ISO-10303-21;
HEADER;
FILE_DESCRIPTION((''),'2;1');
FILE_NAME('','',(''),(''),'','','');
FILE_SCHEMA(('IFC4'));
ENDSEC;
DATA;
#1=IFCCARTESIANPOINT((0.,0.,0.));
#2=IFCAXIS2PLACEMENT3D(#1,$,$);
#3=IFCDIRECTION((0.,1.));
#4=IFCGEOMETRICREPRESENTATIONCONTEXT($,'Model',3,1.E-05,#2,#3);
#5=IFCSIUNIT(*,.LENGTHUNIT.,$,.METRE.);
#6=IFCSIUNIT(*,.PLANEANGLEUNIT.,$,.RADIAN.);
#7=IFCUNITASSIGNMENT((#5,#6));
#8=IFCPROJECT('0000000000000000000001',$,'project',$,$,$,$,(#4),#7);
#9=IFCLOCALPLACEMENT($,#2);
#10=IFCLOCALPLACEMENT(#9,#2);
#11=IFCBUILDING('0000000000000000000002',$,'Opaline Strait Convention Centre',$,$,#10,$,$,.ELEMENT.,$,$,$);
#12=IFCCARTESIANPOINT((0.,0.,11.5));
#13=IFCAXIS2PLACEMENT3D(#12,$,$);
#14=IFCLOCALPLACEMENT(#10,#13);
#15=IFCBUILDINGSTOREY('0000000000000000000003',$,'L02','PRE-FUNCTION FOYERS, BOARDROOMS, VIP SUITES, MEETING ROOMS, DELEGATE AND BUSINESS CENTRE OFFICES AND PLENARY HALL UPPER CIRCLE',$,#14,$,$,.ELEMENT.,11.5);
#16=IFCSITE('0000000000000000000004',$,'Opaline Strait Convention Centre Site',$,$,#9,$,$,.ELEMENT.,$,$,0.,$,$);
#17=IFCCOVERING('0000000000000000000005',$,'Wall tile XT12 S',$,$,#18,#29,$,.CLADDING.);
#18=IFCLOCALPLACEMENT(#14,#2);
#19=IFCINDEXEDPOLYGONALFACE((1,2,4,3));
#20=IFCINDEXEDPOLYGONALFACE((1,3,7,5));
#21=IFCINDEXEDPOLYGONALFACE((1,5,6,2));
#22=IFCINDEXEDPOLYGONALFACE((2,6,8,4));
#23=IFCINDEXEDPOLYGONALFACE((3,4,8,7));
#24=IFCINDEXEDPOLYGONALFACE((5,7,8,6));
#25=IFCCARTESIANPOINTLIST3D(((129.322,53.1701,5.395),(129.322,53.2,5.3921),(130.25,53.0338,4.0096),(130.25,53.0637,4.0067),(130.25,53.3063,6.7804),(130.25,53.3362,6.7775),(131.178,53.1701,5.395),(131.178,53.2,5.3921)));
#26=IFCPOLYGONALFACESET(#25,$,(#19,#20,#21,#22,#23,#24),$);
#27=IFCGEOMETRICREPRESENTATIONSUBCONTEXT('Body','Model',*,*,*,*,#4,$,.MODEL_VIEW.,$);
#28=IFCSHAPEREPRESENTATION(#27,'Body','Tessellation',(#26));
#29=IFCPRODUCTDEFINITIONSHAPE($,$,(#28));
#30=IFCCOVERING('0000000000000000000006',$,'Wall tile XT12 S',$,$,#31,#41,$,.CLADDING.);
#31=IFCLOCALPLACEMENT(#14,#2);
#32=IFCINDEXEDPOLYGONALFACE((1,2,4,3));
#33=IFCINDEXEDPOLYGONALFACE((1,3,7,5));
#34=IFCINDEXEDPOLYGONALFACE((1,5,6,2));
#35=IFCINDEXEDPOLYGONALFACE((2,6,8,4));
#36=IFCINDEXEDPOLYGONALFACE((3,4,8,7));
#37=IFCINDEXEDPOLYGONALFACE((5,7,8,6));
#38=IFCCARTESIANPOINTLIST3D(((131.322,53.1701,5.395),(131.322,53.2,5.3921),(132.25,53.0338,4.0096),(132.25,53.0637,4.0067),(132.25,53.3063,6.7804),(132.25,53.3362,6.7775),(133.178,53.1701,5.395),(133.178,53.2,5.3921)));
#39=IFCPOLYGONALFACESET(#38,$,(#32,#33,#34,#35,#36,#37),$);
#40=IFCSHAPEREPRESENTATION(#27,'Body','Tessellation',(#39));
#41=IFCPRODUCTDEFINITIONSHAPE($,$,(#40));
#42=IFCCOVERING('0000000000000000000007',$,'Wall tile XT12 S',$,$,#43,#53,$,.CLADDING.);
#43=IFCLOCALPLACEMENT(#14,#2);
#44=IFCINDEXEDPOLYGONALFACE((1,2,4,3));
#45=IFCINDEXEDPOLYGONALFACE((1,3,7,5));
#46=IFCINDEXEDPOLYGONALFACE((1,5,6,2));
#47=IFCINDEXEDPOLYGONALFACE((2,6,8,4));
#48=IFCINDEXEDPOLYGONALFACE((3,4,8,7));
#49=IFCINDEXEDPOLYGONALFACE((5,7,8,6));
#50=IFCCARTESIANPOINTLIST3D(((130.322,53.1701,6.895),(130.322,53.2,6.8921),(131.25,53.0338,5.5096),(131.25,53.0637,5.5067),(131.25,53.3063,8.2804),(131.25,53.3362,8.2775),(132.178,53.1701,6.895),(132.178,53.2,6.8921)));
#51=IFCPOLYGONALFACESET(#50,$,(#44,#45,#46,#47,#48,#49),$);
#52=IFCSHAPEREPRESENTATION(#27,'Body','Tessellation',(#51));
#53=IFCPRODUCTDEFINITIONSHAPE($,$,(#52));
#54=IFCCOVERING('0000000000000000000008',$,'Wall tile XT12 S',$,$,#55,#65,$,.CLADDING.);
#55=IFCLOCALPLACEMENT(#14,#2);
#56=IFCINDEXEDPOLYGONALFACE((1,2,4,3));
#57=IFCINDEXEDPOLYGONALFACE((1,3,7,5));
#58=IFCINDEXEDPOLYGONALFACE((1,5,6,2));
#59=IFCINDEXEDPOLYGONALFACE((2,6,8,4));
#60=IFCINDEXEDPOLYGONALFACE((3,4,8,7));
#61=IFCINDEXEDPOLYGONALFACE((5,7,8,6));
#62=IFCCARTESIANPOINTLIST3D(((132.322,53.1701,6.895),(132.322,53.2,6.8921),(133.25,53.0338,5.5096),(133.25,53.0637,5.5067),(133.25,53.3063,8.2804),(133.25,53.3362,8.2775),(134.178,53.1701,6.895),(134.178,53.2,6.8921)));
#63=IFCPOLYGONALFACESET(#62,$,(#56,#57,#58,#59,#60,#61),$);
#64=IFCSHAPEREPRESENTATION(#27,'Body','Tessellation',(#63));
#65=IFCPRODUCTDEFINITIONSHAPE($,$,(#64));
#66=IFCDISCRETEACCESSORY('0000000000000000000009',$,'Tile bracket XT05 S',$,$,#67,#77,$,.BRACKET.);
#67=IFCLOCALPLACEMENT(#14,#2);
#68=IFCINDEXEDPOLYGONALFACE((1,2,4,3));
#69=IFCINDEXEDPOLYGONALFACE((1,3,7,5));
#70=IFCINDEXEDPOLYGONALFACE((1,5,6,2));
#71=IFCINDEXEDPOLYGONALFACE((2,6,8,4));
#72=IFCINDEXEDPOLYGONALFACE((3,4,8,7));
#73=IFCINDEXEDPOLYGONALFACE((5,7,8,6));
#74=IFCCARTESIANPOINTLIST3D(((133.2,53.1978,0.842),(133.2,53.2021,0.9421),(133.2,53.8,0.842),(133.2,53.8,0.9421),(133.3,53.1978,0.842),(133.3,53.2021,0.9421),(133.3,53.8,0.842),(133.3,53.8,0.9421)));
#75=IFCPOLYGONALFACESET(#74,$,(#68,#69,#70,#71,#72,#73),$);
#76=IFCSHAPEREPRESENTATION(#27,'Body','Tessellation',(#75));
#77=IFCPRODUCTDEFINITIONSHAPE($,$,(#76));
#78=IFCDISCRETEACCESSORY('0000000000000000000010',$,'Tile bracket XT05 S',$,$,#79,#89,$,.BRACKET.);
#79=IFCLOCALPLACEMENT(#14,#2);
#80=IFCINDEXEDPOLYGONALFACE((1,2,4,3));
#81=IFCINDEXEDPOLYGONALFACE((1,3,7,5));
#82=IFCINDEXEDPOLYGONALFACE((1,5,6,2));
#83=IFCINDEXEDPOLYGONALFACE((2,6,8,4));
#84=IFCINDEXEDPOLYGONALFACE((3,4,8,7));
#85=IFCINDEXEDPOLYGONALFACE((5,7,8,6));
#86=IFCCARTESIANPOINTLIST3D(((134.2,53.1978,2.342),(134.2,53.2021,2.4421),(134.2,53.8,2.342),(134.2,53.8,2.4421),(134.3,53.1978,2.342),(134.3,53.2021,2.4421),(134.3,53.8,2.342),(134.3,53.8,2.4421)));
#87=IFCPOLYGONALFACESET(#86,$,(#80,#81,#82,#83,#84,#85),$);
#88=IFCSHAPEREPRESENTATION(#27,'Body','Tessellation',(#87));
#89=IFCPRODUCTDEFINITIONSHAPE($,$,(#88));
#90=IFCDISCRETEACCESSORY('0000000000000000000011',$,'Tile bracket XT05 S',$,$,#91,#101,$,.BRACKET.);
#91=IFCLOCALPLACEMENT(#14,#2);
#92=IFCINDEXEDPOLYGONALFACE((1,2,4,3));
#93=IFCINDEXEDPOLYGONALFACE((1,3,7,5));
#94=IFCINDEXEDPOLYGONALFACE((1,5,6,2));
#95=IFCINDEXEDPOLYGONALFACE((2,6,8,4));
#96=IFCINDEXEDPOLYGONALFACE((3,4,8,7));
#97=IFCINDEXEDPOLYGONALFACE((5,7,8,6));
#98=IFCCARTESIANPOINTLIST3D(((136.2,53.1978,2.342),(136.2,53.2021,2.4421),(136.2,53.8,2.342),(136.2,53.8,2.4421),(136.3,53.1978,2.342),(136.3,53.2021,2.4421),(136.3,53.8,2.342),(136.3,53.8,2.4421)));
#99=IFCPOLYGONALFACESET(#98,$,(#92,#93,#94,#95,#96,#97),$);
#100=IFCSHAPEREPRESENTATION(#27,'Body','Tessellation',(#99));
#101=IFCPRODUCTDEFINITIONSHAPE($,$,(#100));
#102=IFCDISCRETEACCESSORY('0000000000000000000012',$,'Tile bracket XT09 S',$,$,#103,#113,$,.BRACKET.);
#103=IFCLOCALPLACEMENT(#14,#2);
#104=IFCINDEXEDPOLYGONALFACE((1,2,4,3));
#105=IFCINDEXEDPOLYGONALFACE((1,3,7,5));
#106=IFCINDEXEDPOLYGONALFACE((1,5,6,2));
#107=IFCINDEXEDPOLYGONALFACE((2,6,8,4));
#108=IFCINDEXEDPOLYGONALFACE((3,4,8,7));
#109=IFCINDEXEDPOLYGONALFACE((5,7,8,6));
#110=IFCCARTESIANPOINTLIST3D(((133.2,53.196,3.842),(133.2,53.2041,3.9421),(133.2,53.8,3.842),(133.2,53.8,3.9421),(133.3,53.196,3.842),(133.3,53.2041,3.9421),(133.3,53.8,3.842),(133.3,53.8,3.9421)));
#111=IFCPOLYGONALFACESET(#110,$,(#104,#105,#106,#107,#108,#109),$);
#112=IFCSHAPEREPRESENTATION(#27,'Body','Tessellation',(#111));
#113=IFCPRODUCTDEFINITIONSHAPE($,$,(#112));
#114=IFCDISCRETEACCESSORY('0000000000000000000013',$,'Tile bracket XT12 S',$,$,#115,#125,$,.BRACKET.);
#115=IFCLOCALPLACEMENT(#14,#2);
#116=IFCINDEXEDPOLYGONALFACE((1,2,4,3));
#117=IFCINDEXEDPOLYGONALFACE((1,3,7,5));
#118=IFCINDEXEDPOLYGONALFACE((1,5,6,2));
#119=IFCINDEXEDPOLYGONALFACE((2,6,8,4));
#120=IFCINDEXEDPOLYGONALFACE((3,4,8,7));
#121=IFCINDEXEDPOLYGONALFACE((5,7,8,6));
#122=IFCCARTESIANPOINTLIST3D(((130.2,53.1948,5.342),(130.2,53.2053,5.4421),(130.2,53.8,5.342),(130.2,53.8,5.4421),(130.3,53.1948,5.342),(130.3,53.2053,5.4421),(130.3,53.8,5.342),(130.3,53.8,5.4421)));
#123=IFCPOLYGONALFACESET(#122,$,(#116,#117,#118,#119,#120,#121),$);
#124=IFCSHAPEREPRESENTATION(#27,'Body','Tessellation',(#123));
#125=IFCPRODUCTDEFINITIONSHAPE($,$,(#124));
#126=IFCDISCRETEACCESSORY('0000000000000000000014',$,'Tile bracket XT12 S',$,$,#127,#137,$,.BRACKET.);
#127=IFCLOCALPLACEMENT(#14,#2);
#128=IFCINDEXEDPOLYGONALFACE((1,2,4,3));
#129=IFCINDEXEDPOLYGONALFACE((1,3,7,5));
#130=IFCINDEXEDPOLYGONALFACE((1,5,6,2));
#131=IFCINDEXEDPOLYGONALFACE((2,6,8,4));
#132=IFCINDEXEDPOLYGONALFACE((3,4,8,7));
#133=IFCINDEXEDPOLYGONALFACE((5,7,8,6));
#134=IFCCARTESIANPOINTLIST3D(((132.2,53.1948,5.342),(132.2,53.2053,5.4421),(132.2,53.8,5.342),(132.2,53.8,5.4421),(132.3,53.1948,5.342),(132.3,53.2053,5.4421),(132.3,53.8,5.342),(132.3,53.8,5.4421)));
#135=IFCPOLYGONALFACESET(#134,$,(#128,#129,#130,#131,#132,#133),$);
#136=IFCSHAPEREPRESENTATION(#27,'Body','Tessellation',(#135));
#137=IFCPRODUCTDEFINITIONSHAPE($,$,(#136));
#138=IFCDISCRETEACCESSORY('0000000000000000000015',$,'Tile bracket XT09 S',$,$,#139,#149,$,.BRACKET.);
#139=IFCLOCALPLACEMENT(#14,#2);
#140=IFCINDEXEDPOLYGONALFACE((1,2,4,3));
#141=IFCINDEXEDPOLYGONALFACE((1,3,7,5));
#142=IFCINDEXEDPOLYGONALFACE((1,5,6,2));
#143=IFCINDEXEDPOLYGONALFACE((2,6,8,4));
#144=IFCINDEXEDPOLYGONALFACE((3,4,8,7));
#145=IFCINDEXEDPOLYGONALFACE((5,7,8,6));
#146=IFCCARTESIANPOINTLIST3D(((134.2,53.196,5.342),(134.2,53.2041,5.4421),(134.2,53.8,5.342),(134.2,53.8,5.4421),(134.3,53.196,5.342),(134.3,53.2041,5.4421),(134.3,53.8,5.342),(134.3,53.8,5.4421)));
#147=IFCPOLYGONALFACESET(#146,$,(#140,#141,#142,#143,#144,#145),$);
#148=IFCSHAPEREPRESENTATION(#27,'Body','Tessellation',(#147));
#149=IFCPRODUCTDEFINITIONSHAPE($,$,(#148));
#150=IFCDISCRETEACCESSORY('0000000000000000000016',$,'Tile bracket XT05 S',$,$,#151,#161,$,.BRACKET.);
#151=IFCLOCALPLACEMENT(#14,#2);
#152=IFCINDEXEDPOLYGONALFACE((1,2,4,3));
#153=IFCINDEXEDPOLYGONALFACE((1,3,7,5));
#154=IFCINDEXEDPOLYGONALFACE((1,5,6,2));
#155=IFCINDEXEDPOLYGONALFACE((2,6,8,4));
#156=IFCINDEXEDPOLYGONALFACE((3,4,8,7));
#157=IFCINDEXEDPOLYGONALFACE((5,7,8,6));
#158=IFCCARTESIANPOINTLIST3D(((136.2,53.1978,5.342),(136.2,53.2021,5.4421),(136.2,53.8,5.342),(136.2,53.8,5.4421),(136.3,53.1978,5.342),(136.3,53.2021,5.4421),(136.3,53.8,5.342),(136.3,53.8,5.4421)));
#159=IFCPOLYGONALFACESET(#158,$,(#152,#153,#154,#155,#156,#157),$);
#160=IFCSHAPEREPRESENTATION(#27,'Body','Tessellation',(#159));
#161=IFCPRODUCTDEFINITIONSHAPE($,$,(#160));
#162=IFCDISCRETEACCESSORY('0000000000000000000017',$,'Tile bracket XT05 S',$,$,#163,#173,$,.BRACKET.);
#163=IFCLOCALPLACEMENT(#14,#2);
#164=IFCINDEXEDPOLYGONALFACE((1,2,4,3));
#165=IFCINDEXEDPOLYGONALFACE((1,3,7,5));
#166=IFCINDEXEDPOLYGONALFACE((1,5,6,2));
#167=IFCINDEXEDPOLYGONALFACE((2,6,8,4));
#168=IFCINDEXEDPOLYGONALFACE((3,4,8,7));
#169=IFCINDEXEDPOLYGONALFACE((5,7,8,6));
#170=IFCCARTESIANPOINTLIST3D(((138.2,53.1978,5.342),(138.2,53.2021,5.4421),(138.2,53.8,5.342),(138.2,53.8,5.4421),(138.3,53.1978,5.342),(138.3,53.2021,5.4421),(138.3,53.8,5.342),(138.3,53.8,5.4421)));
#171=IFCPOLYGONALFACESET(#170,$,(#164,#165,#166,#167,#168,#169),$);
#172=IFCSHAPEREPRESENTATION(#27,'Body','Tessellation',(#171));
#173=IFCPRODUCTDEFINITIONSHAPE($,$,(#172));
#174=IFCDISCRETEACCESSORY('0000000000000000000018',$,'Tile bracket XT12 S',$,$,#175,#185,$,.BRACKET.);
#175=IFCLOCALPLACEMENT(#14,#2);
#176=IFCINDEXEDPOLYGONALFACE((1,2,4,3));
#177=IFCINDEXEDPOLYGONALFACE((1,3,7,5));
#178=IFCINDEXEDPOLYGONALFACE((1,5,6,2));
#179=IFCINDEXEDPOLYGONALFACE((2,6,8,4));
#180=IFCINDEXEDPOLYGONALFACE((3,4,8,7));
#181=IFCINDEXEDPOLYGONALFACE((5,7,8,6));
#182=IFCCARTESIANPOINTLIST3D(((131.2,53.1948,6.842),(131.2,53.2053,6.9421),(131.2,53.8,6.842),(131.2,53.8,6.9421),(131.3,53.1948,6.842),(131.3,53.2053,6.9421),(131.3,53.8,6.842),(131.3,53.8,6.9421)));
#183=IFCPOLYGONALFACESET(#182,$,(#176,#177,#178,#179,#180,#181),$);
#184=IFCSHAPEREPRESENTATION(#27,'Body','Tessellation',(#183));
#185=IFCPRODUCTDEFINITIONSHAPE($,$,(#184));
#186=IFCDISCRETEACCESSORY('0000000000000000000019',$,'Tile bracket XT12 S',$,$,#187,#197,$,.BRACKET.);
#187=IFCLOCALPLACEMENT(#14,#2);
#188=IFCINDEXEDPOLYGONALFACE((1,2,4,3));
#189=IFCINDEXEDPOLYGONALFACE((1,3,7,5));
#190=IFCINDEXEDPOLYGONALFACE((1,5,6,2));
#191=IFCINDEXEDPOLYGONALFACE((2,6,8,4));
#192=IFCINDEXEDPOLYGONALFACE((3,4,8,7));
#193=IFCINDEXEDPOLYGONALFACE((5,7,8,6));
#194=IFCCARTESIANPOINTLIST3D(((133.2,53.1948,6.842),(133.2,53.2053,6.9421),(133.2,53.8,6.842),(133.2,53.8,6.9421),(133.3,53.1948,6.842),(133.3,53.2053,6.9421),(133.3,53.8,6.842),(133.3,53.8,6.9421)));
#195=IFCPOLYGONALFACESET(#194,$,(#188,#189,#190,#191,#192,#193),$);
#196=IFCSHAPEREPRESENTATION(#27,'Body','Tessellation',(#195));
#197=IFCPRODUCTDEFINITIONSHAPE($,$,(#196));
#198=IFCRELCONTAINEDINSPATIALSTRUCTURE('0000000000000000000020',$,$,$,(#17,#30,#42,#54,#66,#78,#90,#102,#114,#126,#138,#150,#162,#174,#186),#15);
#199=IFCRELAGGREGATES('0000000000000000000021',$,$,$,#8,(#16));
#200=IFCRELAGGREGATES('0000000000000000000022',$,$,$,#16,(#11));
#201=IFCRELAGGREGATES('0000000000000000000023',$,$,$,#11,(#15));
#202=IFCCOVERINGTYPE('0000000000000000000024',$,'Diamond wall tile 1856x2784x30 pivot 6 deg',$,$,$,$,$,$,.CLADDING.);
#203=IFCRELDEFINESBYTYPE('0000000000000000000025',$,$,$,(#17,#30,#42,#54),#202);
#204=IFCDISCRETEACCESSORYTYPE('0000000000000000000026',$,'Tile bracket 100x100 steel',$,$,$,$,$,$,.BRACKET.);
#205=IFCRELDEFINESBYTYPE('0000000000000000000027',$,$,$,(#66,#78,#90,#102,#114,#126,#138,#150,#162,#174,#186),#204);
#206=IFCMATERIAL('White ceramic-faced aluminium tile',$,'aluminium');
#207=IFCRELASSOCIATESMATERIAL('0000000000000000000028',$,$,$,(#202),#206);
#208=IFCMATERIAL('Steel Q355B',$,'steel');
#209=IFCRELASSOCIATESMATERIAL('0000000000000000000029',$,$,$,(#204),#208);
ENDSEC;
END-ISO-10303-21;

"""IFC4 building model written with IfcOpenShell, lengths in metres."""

from ifc_helpers import new_model, si_unit, direction, frame, origin, place, context, subcontext, project, spatial, polyline, outline, extrude, material, material_profile, profile_set, type_object, element, save


model = new_model("IFC4")

# Units and contexts
model_context = context("Model", 3, precision=1e-05, world=origin(), true_north=direction((0.0, 1.0)))
body_context = subcontext(model_context, "Body", "Model", "MODEL_VIEW")
ifc_project = project(units=[si_unit("LENGTHUNIT", "METRE"), si_unit("PLANEANGLEUNIT", "RADIAN")], contexts=[model_context])

# Site, building, storey
site_placement = place(None, origin())
site = spatial("IfcSite", under=ifc_project, at=site_placement, Name="Opaline Strait Convention Centre Site", CompositionType="ELEMENT", RefElevation=0.0)
building_placement = place(site_placement, origin())
building = spatial("IfcBuilding", under=site, at=building_placement, Name="Opaline Strait Convention Centre", CompositionType="ELEMENT")
storey_placement = place(building_placement, frame((0.0, 0.0, 11.5)))
storey = spatial("IfcBuildingStorey", under=building, at=storey_placement, Name="L02", Description="PRE-FUNCTION FOYERS, BOARDROOMS, VIP SUITES, MEETING ROOMS, DELEGATE AND BUSINESS CENTRE OFFICES AND PLENARY HALL UPPER CIRCLE", CompositionType="ELEMENT", Elevation=11.5)

# Shared definitions
ifc_material_1 = material(Name="Steel Q355B", Category="steel")

# Coverings
ifc_material_2 = material(Name="White ceramic-faced aluminium tile", Category="aluminium")
ifc_material_profile_1 = material_profile(ifc_material_2, outline(polyline([(0.928, 0.0), (0.0, 1.3921), (-0.928, 0.0), (0.0, -1.3921), (0.928, 0.0)])), Name="Diamond tile 1856x2784")
ifc_profile_set_1 = profile_set([ifc_material_profile_1], Name="White ceramic-faced aluminium tile")
covering_type_1 = type_object("IfcCoveringType", Name="Diamond wall tile 1856x2784x30 pivot 6 deg", PredefinedType="CLADDING", material=ifc_profile_set_1)
for number, where, z_axis, x_axis, name in (
    (1, (130.25, 53.2, 5.3921), (0.0, -0.995197, 0.097888), (1.0, 0.0, 0.0), "Wall tile XT12 S"),
    (2, (132.25, 53.2, 5.3921), (0.0, -0.995197, 0.097888), (1.0, 0.0, 0.0), "Wall tile XT12 S"),
    (3, (131.25, 53.2, 6.8921), (0.0, -0.995197, 0.097888), (1.0, 0.0, 0.0), "Wall tile XT12 S"),
    (4, (133.25, 53.2, 6.8921), (0.0, -0.995197, 0.097888), (1.0, 0.0, 0.0), "Wall tile XT12 S"),
):
    element("IfcCovering", number, at=place(storey_placement, frame(where, z_axis=z_axis, x_axis=x_axis)), inside=storey, type_object=covering_type_1, Name=name, PredefinedType="CLADDING", context=body_context, shape_type="SweptSolid", body=[
        extrude(outline(polyline([(0.928, 0.0), (0.0, 1.3921), (-0.928, 0.0), (0.0, -1.3921), (0.928, 0.0)])), origin(), (0.0, 0.0, 1.0), 0.03),
    ])

# Discrete accessories
discrete_accessory_type = type_object("IfcDiscreteAccessoryType", Name="Tile bracket 100x100 steel", PredefinedType="BRACKET", material=ifc_material_1)
for number, where, z_axis, x_axis, name in (
    (5, (133.2, 53.8, 0.8921), (1.0, 0.0, 0.0), (0.0, 1.0, 0.0), "Tile bracket XT05 S"),
    (6, (134.2, 53.8, 2.3921), (1.0, 0.0, 0.0), (0.0, 1.0, 0.0), "Tile bracket XT05 S"),
    (7, (136.2, 53.8, 2.3921), (1.0, 0.0, 0.0), (0.0, 1.0, 0.0), "Tile bracket XT05 S"),
):
    element("IfcDiscreteAccessory", number, at=place(storey_placement, frame(where, z_axis=z_axis, x_axis=x_axis)), inside=storey, type_object=discrete_accessory_type, Name=name, PredefinedType="BRACKET", context=body_context, shape_type="SweptSolid", body=[
        extrude(outline(polyline([(0.0, -0.05), (0.0, 0.05), (-0.5979, 0.05), (-0.6023, -0.05), (0.0, -0.05)])), origin(), (0.0, 0.0, 1.0), 0.1001),
    ])
discrete_accessory_1_placement = place(storey_placement, frame((133.2, 53.8, 3.8921), z_axis=(1.0, 0.0, 0.0), x_axis=(0.0, 1.0, 0.0)))
element("IfcDiscreteAccessory", 8, at=discrete_accessory_1_placement, inside=storey, type_object=discrete_accessory_type, Name="Tile bracket XT09 S", PredefinedType="BRACKET", context=body_context, shape_type="SweptSolid", body=[
    extrude(outline(polyline([(0.0, -0.05), (0.0, 0.05), (-0.5959, 0.05), (-0.604, -0.05), (0.0, -0.05)])), origin(), (0.0, 0.0, 1.0), 0.1001),
])
for number, where, z_axis, x_axis, name in (
    (9, (130.2, 53.8, 5.3921), (1.0, 0.0, 0.0), (0.0, 1.0, 0.0), "Tile bracket XT12 S"),
    (10, (132.2, 53.8, 5.3921), (1.0, 0.0, 0.0), (0.0, 1.0, 0.0), "Tile bracket XT12 S"),
):
    element("IfcDiscreteAccessory", number, at=place(storey_placement, frame(where, z_axis=z_axis, x_axis=x_axis)), inside=storey, type_object=discrete_accessory_type, Name=name, PredefinedType="BRACKET", context=body_context, shape_type="SweptSolid", body=[
        extrude(outline(polyline([(0.0, -0.05), (0.0, 0.05), (-0.5947, 0.05), (-0.6052, -0.05), (0.0, -0.05)])), origin(), (0.0, 0.0, 1.0), 0.1001),
    ])
discrete_accessory_2_placement = place(storey_placement, frame((134.2, 53.8, 5.3921), z_axis=(1.0, 0.0, 0.0), x_axis=(0.0, 1.0, 0.0)))
element("IfcDiscreteAccessory", 11, at=discrete_accessory_2_placement, inside=storey, type_object=discrete_accessory_type, Name="Tile bracket XT09 S", PredefinedType="BRACKET", context=body_context, shape_type="SweptSolid", body=[
    extrude(outline(polyline([(0.0, -0.05), (0.0, 0.05), (-0.5959, 0.05), (-0.604, -0.05), (0.0, -0.05)])), origin(), (0.0, 0.0, 1.0), 0.1001),
])
for number, where, z_axis, x_axis, name in (
    (12, (136.2, 53.8, 5.3921), (1.0, 0.0, 0.0), (0.0, 1.0, 0.0), "Tile bracket XT05 S"),
    (13, (138.2, 53.8, 5.3921), (1.0, 0.0, 0.0), (0.0, 1.0, 0.0), "Tile bracket XT05 S"),
):
    element("IfcDiscreteAccessory", number, at=place(storey_placement, frame(where, z_axis=z_axis, x_axis=x_axis)), inside=storey, type_object=discrete_accessory_type, Name=name, PredefinedType="BRACKET", context=body_context, shape_type="SweptSolid", body=[
        extrude(outline(polyline([(0.0, -0.05), (0.0, 0.05), (-0.5979, 0.05), (-0.6023, -0.05), (0.0, -0.05)])), origin(), (0.0, 0.0, 1.0), 0.1001),
    ])
for number, where, z_axis, x_axis, name in (
    (14, (131.2, 53.8, 6.8921), (1.0, 0.0, 0.0), (0.0, 1.0, 0.0), "Tile bracket XT12 S"),
    (15, (133.2, 53.8, 6.8921), (1.0, 0.0, 0.0), (0.0, 1.0, 0.0), "Tile bracket XT12 S"),
):
    element("IfcDiscreteAccessory", number, at=place(storey_placement, frame(where, z_axis=z_axis, x_axis=x_axis)), inside=storey, type_object=discrete_accessory_type, Name=name, PredefinedType="BRACKET", context=body_context, shape_type="SweptSolid", body=[
        extrude(outline(polyline([(0.0, -0.05), (0.0, 0.05), (-0.5947, 0.05), (-0.6052, -0.05), (0.0, -0.05)])), origin(), (0.0, 0.0, 1.0), 0.1001),
    ])

save(model, "model.ifc")
